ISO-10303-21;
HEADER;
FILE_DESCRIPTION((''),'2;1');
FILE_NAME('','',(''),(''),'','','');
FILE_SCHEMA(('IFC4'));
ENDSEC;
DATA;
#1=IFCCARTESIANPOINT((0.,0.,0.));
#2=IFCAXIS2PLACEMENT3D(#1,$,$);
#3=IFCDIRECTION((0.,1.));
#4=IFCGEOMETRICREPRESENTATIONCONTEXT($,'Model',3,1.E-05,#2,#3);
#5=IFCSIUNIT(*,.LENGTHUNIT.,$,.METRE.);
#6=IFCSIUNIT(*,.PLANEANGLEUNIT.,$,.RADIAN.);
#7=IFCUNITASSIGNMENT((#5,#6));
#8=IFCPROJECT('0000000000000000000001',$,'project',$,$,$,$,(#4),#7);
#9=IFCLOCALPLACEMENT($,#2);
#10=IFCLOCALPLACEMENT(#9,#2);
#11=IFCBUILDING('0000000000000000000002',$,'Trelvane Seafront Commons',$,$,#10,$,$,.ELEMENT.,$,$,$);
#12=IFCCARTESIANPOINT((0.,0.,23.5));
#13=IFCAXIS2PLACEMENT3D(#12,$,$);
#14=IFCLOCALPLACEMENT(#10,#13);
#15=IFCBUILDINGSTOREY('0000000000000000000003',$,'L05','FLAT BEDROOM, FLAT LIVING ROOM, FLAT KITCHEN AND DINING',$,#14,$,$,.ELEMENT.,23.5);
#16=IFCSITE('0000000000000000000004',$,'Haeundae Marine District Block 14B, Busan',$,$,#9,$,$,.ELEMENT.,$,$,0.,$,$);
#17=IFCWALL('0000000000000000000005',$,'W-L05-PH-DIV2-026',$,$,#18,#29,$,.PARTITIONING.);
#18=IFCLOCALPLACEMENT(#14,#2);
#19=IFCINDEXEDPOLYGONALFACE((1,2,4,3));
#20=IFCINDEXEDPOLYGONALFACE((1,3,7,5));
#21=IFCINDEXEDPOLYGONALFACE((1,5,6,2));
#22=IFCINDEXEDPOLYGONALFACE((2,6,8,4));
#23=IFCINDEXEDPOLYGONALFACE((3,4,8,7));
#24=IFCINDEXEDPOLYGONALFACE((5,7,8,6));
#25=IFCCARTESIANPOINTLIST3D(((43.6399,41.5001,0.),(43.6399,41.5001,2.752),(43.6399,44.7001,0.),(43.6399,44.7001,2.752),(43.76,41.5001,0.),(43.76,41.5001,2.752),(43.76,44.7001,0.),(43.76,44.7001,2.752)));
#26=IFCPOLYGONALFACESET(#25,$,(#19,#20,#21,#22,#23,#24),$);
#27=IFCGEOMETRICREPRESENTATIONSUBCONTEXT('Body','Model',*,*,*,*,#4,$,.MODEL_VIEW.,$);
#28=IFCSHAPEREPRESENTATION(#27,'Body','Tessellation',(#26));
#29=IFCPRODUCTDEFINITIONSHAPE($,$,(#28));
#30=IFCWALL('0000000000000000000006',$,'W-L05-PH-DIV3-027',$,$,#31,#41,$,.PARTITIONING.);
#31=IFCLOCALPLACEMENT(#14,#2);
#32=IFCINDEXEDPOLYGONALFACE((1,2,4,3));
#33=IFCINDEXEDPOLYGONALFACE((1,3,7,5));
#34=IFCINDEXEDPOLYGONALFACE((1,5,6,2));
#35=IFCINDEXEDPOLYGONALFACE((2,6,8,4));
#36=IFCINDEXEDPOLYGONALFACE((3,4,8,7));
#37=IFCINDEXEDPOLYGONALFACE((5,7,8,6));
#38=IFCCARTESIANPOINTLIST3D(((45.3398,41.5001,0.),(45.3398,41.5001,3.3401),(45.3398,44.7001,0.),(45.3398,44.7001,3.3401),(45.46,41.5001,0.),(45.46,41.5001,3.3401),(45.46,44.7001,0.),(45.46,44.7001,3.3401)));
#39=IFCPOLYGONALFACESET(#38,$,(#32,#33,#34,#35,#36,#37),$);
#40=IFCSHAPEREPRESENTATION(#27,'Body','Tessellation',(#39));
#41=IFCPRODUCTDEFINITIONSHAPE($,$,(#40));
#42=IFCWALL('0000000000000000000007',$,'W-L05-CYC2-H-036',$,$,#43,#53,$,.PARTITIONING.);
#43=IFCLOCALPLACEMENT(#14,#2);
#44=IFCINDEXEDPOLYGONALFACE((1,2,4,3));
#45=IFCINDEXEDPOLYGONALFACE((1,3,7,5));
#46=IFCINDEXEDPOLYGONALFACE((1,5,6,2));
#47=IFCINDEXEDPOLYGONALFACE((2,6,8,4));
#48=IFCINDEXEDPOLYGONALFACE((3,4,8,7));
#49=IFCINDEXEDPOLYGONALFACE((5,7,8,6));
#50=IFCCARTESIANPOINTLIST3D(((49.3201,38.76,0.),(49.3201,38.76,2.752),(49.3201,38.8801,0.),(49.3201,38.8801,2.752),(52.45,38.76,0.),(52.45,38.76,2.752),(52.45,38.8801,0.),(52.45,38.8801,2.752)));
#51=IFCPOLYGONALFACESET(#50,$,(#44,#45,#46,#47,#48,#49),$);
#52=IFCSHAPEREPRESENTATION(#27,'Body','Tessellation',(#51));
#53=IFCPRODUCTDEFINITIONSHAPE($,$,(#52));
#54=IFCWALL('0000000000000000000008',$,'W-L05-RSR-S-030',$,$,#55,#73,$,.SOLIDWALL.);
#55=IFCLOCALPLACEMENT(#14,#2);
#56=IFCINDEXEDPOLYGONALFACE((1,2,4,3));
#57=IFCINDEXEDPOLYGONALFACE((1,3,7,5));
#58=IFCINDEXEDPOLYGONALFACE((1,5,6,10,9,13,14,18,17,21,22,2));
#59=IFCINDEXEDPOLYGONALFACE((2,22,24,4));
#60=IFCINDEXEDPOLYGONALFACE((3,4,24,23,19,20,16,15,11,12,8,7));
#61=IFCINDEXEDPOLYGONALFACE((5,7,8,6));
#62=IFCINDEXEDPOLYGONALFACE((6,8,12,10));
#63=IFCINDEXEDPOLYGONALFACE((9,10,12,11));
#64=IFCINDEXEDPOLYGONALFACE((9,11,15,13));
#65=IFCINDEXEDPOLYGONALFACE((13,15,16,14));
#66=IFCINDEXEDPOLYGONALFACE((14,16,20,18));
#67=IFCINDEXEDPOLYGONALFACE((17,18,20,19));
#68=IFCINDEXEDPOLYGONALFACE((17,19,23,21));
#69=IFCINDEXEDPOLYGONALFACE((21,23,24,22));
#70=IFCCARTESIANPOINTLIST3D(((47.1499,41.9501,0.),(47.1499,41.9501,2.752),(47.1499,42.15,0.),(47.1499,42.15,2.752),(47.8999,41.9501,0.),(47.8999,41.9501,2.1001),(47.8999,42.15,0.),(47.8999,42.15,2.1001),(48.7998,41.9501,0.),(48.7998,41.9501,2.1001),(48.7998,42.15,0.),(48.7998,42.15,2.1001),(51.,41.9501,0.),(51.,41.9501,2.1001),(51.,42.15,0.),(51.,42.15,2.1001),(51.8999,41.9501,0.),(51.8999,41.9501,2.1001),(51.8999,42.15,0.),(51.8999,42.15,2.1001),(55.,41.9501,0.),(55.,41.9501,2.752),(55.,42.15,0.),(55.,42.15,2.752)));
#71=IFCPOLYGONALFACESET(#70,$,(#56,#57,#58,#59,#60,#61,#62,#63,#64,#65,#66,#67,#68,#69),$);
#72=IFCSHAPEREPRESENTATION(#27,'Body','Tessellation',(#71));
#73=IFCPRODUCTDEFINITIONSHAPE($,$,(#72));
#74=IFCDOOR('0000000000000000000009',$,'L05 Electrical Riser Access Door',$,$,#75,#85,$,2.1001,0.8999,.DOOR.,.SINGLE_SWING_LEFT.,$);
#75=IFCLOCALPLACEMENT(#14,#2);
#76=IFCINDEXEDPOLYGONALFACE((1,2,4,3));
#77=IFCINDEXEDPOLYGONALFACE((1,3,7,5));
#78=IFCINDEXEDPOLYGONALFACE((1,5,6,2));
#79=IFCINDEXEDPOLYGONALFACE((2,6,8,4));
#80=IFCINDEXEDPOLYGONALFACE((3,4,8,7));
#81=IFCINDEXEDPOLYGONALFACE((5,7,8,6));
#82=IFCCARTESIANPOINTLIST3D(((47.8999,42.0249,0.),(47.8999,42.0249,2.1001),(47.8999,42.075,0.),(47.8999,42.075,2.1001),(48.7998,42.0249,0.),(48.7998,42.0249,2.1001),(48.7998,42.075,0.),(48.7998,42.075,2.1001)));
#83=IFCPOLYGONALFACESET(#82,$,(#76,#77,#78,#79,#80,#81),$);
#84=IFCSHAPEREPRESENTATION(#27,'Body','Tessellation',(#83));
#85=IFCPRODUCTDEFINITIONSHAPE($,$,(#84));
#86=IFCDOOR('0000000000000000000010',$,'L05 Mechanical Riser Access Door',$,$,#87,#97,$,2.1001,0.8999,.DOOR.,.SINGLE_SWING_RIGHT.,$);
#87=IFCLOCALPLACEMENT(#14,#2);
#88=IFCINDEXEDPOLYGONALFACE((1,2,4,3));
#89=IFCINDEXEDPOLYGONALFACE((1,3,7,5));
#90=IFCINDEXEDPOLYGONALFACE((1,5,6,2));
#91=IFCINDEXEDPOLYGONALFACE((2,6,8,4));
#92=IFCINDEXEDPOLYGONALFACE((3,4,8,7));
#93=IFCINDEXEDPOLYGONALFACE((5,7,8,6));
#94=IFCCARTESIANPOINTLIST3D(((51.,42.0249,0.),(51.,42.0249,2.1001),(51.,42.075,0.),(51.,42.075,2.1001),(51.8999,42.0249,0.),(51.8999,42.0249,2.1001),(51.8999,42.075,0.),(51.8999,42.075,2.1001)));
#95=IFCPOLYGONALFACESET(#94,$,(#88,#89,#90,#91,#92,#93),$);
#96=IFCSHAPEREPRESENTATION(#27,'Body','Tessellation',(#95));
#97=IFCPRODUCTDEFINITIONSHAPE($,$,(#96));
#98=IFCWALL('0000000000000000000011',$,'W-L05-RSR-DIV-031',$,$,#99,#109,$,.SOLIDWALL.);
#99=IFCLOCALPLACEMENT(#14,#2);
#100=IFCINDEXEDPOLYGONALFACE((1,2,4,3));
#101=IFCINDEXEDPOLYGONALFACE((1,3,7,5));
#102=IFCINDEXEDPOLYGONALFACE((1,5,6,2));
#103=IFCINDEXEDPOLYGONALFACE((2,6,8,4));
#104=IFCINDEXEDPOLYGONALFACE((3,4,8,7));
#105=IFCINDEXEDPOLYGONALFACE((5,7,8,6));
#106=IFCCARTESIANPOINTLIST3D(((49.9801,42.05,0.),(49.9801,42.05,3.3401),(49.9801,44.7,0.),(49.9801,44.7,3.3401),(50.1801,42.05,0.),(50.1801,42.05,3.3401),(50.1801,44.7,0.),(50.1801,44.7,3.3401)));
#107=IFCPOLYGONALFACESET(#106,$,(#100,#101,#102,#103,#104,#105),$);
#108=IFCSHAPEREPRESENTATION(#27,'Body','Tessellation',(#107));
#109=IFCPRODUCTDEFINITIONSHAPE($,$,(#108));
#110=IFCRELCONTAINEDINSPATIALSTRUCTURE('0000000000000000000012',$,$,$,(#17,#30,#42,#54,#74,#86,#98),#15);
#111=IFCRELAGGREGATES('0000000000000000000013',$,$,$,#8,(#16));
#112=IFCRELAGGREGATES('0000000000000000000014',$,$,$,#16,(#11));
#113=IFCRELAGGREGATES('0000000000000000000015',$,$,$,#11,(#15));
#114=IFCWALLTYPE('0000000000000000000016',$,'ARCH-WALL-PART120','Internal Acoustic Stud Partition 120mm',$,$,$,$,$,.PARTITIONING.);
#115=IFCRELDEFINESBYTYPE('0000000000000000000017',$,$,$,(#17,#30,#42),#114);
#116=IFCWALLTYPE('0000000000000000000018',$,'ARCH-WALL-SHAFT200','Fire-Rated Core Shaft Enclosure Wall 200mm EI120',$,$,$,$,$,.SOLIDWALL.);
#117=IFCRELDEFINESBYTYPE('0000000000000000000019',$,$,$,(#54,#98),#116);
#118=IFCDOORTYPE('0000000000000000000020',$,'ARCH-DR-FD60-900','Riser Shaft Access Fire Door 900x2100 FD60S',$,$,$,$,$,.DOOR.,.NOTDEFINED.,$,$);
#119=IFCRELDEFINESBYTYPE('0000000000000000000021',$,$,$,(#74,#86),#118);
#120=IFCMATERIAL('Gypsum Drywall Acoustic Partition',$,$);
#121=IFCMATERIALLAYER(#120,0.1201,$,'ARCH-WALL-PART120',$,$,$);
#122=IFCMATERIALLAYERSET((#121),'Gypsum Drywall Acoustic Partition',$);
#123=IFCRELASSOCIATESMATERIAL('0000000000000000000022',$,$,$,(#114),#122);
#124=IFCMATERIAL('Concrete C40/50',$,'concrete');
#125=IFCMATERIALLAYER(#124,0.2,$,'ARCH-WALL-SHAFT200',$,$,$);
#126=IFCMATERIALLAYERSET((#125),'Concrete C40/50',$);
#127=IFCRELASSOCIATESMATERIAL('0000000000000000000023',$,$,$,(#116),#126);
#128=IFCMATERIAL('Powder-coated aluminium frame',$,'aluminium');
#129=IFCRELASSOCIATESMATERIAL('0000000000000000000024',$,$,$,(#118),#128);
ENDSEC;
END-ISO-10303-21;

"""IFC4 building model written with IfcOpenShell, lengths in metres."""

from ifc_helpers import new_model, si_unit, direction, frame, frame_2d, origin, place, context, subcontext, project, spatial, rectangle, extrude, source, transform, mapped, material, layer, layer_set, type_object, element, fill, save


model = new_model("IFC4")

# Units and contexts
model_context = context("Model", 3, precision=1e-05, world=origin(), true_north=direction((0.0, 1.0)))
body_context = subcontext(model_context, "Body", "Model", "MODEL_VIEW")
ifc_project = project(units=[si_unit("LENGTHUNIT", "METRE"), si_unit("PLANEANGLEUNIT", "RADIAN")], contexts=[model_context])

# Site, building, storey
site_placement = place(None, origin())
site = spatial("IfcSite", under=ifc_project, at=site_placement, Name="Haeundae Marine District Block 14B, Busan", CompositionType="ELEMENT", RefElevation=0.0)
building_placement = place(site_placement, origin())
building = spatial("IfcBuilding", under=site, at=building_placement, Name="Trelvane Seafront Commons", CompositionType="ELEMENT")
storey_placement = place(building_placement, frame((0.0, 0.0, 23.5)))
storey = spatial("IfcBuildingStorey", under=building, at=storey_placement, Name="L05", Description="FLAT BEDROOM, FLAT LIVING ROOM, FLAT KITCHEN AND DINING", CompositionType="ELEMENT", Elevation=23.5)

# Walls
ifc_material_1 = material(Name="Gypsum Drywall Acoustic Partition")
ifc_layer_1 = layer(ifc_material_1, 0.1201, Name="ARCH-WALL-PART120")
ifc_layer_set_1 = layer_set([ifc_layer_1], Name="Gypsum Drywall Acoustic Partition")
wall_type_1 = type_object("IfcWallType", Name="ARCH-WALL-PART120", Description="Internal Acoustic Stud Partition 120mm", PredefinedType="PARTITIONING", material=ifc_layer_set_1)
wall_1_placement = place(storey_placement, frame((43.7, 41.5, 0.0), z_axis=(0.0, 0.0, 1.0), x_axis=(0.0, 1.0, 0.0)))
element("IfcWall", 1, at=wall_1_placement, inside=storey, type_object=wall_type_1, Name="W-L05-PH-DIV2-026", PredefinedType="PARTITIONING", context=body_context, shape_type="SweptSolid", body=[
    extrude(rectangle(XDim=3.2, YDim=0.1201, at=frame_2d((1.6001, 0.0))), origin(), (0.0, 0.0, 1.0), 2.752),
])
wall_2_placement = place(storey_placement, frame((45.3999, 41.5, 0.0), z_axis=(0.0, 0.0, 1.0), x_axis=(0.0, 1.0, 0.0)))
element("IfcWall", 2, at=wall_2_placement, inside=storey, type_object=wall_type_1, Name="W-L05-PH-DIV3-027", PredefinedType="PARTITIONING", context=body_context, shape_type="SweptSolid", body=[
    extrude(rectangle(XDim=3.2, YDim=0.1201, at=frame_2d((1.6001, 0.0))), origin(), (0.0, 0.0, 1.0), 3.3401),
])
wall_3_placement = place(storey_placement, frame((49.3201, 38.8201, 0.0), z_axis=(0.0, 0.0, 1.0), x_axis=(1.0, 0.0, 0.0)))
element("IfcWall", 3, at=wall_3_placement, inside=storey, type_object=wall_type_1, Name="W-L05-CYC2-H-036", PredefinedType="PARTITIONING", context=body_context, shape_type="SweptSolid", body=[
    extrude(rectangle(XDim=3.1299, YDim=0.1201, at=frame_2d((1.5649, 0.0))), origin(), (0.0, 0.0, 1.0), 2.752),
])

# Wall, openings, doors
ifc_material_2 = material(Name="Concrete C40/50", Category="concrete")
ifc_layer_2 = layer(ifc_material_2, 0.2, Name="ARCH-WALL-SHAFT200")
ifc_layer_set_2 = layer_set([ifc_layer_2], Name="Concrete C40/50")
wall_type_2 = type_object("IfcWallType", Name="ARCH-WALL-SHAFT200", Description="Fire-Rated Core Shaft Enclosure Wall 200mm EI120", PredefinedType="SOLIDWALL", material=ifc_layer_set_2)
wall_4_placement = place(storey_placement, frame((47.1499, 42.05, 0.0), z_axis=(0.0, 0.0, 1.0), x_axis=(1.0, 0.0, 0.0)))
wall_4 = element("IfcWall", 4, at=wall_4_placement, inside=storey, type_object=wall_type_2, Name="W-L05-RSR-S-030", PredefinedType="SOLIDWALL", context=body_context, shape_type="SweptSolid", body=[
    extrude(rectangle(XDim=7.8501, YDim=0.2, at=frame_2d((3.925, 0.0))), origin(), (0.0, 0.0, 1.0), 2.752),
])
opening_1_placement = place(wall_4_placement, frame((0.75, 0.0, 0.0)))
opening_1 = element("IfcOpeningElement", 5, at=opening_1_placement, cuts=wall_4, PredefinedType="OPENING", context=body_context, shape_type="SweptSolid", body=[
    extrude(rectangle(XDim=0.8999, YDim=2.1001, at=frame_2d((0.45, 1.05))), frame((0.0, 0.1099, 0.0), z_axis=(0.0, -1.0, 0.0), x_axis=(1.0, 0.0, 0.0)), (0.0, 0.0, 1.0), 0.22),
])
opening_2_placement = place(wall_4_placement, frame((3.8501, 0.0, 0.0)))
opening_2 = element("IfcOpeningElement", 6, at=opening_2_placement, cuts=wall_4, PredefinedType="OPENING", context=body_context, shape_type="SweptSolid", body=[
    extrude(rectangle(XDim=0.8999, YDim=2.1001, at=frame_2d((0.45, 1.05))), frame((0.0, 0.1099, 0.0), z_axis=(0.0, -1.0, 0.0), x_axis=(1.0, 0.0, 0.0)), (0.0, 0.0, 1.0), 0.22),
])
ifc_material_3 = material(Name="Powder-coated aluminium frame", Category="aluminium")
door_type = type_object("IfcDoorType", Name="ARCH-DR-FD60-900", Description="Riser Shaft Access Fire Door 900x2100 FD60S", OperationType="NOTDEFINED", PredefinedType="DOOR", material=ifc_material_3)
shared_shape_1 = source(origin(), body_context, "Body", "SweptSolid", [
    extrude(rectangle(XDim=0.8999, YDim=2.1001, at=frame_2d((0.45, 1.05))), frame((0.0, 0.0249, 0.0), z_axis=(0.0, -1.0, 0.0), x_axis=(1.0, 0.0, 0.0)), (0.0, 0.0, 1.0), 0.05),
])
door_1_placement = place(opening_1_placement, origin())
door_1 = element("IfcDoor", 7, at=door_1_placement, inside=storey, type_object=door_type, Name="L05 Electrical Riser Access Door", OperationType="SINGLE_SWING_LEFT", OverallHeight=2.1001, OverallWidth=0.8999, PredefinedType="DOOR", context=body_context, shape_type="MappedRepresentation", body=[
    mapped(shared_shape_1, transform((0.0, 0.0, 0.0), x_axis=(1.0, 0.0, 0.0), y_axis=(0.0, 1.0, 0.0), z_axis=(0.0, 0.0, 1.0), scale=1.0)),
])
fill(opening_1, door_1)
door_2_placement = place(opening_2_placement, origin())
door_2 = element("IfcDoor", 8, at=door_2_placement, inside=storey, type_object=door_type, Name="L05 Mechanical Riser Access Door", OperationType="SINGLE_SWING_RIGHT", OverallHeight=2.1001, OverallWidth=0.8999, PredefinedType="DOOR", context=body_context, shape_type="MappedRepresentation", body=[
    mapped(shared_shape_1, transform((0.0, 0.0, 0.0), x_axis=(1.0, 0.0, 0.0), y_axis=(0.0, 1.0, 0.0), z_axis=(0.0, 0.0, 1.0), scale=1.0)),
])
fill(opening_2, door_2)

# Wall
wall_5_placement = place(storey_placement, frame((50.0801, 42.05, 0.0), z_axis=(0.0, 0.0, 1.0), x_axis=(0.0, 1.0, 0.0)))
element("IfcWall", 9, at=wall_5_placement, inside=storey, type_object=wall_type_2, Name="W-L05-RSR-DIV-031", PredefinedType="SOLIDWALL", context=body_context, shape_type="SweptSolid", body=[
    extrude(rectangle(XDim=2.6499, YDim=0.2, at=frame_2d((1.325, 0.0))), origin(), (0.0, 0.0, 1.0), 3.3401),
])

save(model, "model.ifc")
